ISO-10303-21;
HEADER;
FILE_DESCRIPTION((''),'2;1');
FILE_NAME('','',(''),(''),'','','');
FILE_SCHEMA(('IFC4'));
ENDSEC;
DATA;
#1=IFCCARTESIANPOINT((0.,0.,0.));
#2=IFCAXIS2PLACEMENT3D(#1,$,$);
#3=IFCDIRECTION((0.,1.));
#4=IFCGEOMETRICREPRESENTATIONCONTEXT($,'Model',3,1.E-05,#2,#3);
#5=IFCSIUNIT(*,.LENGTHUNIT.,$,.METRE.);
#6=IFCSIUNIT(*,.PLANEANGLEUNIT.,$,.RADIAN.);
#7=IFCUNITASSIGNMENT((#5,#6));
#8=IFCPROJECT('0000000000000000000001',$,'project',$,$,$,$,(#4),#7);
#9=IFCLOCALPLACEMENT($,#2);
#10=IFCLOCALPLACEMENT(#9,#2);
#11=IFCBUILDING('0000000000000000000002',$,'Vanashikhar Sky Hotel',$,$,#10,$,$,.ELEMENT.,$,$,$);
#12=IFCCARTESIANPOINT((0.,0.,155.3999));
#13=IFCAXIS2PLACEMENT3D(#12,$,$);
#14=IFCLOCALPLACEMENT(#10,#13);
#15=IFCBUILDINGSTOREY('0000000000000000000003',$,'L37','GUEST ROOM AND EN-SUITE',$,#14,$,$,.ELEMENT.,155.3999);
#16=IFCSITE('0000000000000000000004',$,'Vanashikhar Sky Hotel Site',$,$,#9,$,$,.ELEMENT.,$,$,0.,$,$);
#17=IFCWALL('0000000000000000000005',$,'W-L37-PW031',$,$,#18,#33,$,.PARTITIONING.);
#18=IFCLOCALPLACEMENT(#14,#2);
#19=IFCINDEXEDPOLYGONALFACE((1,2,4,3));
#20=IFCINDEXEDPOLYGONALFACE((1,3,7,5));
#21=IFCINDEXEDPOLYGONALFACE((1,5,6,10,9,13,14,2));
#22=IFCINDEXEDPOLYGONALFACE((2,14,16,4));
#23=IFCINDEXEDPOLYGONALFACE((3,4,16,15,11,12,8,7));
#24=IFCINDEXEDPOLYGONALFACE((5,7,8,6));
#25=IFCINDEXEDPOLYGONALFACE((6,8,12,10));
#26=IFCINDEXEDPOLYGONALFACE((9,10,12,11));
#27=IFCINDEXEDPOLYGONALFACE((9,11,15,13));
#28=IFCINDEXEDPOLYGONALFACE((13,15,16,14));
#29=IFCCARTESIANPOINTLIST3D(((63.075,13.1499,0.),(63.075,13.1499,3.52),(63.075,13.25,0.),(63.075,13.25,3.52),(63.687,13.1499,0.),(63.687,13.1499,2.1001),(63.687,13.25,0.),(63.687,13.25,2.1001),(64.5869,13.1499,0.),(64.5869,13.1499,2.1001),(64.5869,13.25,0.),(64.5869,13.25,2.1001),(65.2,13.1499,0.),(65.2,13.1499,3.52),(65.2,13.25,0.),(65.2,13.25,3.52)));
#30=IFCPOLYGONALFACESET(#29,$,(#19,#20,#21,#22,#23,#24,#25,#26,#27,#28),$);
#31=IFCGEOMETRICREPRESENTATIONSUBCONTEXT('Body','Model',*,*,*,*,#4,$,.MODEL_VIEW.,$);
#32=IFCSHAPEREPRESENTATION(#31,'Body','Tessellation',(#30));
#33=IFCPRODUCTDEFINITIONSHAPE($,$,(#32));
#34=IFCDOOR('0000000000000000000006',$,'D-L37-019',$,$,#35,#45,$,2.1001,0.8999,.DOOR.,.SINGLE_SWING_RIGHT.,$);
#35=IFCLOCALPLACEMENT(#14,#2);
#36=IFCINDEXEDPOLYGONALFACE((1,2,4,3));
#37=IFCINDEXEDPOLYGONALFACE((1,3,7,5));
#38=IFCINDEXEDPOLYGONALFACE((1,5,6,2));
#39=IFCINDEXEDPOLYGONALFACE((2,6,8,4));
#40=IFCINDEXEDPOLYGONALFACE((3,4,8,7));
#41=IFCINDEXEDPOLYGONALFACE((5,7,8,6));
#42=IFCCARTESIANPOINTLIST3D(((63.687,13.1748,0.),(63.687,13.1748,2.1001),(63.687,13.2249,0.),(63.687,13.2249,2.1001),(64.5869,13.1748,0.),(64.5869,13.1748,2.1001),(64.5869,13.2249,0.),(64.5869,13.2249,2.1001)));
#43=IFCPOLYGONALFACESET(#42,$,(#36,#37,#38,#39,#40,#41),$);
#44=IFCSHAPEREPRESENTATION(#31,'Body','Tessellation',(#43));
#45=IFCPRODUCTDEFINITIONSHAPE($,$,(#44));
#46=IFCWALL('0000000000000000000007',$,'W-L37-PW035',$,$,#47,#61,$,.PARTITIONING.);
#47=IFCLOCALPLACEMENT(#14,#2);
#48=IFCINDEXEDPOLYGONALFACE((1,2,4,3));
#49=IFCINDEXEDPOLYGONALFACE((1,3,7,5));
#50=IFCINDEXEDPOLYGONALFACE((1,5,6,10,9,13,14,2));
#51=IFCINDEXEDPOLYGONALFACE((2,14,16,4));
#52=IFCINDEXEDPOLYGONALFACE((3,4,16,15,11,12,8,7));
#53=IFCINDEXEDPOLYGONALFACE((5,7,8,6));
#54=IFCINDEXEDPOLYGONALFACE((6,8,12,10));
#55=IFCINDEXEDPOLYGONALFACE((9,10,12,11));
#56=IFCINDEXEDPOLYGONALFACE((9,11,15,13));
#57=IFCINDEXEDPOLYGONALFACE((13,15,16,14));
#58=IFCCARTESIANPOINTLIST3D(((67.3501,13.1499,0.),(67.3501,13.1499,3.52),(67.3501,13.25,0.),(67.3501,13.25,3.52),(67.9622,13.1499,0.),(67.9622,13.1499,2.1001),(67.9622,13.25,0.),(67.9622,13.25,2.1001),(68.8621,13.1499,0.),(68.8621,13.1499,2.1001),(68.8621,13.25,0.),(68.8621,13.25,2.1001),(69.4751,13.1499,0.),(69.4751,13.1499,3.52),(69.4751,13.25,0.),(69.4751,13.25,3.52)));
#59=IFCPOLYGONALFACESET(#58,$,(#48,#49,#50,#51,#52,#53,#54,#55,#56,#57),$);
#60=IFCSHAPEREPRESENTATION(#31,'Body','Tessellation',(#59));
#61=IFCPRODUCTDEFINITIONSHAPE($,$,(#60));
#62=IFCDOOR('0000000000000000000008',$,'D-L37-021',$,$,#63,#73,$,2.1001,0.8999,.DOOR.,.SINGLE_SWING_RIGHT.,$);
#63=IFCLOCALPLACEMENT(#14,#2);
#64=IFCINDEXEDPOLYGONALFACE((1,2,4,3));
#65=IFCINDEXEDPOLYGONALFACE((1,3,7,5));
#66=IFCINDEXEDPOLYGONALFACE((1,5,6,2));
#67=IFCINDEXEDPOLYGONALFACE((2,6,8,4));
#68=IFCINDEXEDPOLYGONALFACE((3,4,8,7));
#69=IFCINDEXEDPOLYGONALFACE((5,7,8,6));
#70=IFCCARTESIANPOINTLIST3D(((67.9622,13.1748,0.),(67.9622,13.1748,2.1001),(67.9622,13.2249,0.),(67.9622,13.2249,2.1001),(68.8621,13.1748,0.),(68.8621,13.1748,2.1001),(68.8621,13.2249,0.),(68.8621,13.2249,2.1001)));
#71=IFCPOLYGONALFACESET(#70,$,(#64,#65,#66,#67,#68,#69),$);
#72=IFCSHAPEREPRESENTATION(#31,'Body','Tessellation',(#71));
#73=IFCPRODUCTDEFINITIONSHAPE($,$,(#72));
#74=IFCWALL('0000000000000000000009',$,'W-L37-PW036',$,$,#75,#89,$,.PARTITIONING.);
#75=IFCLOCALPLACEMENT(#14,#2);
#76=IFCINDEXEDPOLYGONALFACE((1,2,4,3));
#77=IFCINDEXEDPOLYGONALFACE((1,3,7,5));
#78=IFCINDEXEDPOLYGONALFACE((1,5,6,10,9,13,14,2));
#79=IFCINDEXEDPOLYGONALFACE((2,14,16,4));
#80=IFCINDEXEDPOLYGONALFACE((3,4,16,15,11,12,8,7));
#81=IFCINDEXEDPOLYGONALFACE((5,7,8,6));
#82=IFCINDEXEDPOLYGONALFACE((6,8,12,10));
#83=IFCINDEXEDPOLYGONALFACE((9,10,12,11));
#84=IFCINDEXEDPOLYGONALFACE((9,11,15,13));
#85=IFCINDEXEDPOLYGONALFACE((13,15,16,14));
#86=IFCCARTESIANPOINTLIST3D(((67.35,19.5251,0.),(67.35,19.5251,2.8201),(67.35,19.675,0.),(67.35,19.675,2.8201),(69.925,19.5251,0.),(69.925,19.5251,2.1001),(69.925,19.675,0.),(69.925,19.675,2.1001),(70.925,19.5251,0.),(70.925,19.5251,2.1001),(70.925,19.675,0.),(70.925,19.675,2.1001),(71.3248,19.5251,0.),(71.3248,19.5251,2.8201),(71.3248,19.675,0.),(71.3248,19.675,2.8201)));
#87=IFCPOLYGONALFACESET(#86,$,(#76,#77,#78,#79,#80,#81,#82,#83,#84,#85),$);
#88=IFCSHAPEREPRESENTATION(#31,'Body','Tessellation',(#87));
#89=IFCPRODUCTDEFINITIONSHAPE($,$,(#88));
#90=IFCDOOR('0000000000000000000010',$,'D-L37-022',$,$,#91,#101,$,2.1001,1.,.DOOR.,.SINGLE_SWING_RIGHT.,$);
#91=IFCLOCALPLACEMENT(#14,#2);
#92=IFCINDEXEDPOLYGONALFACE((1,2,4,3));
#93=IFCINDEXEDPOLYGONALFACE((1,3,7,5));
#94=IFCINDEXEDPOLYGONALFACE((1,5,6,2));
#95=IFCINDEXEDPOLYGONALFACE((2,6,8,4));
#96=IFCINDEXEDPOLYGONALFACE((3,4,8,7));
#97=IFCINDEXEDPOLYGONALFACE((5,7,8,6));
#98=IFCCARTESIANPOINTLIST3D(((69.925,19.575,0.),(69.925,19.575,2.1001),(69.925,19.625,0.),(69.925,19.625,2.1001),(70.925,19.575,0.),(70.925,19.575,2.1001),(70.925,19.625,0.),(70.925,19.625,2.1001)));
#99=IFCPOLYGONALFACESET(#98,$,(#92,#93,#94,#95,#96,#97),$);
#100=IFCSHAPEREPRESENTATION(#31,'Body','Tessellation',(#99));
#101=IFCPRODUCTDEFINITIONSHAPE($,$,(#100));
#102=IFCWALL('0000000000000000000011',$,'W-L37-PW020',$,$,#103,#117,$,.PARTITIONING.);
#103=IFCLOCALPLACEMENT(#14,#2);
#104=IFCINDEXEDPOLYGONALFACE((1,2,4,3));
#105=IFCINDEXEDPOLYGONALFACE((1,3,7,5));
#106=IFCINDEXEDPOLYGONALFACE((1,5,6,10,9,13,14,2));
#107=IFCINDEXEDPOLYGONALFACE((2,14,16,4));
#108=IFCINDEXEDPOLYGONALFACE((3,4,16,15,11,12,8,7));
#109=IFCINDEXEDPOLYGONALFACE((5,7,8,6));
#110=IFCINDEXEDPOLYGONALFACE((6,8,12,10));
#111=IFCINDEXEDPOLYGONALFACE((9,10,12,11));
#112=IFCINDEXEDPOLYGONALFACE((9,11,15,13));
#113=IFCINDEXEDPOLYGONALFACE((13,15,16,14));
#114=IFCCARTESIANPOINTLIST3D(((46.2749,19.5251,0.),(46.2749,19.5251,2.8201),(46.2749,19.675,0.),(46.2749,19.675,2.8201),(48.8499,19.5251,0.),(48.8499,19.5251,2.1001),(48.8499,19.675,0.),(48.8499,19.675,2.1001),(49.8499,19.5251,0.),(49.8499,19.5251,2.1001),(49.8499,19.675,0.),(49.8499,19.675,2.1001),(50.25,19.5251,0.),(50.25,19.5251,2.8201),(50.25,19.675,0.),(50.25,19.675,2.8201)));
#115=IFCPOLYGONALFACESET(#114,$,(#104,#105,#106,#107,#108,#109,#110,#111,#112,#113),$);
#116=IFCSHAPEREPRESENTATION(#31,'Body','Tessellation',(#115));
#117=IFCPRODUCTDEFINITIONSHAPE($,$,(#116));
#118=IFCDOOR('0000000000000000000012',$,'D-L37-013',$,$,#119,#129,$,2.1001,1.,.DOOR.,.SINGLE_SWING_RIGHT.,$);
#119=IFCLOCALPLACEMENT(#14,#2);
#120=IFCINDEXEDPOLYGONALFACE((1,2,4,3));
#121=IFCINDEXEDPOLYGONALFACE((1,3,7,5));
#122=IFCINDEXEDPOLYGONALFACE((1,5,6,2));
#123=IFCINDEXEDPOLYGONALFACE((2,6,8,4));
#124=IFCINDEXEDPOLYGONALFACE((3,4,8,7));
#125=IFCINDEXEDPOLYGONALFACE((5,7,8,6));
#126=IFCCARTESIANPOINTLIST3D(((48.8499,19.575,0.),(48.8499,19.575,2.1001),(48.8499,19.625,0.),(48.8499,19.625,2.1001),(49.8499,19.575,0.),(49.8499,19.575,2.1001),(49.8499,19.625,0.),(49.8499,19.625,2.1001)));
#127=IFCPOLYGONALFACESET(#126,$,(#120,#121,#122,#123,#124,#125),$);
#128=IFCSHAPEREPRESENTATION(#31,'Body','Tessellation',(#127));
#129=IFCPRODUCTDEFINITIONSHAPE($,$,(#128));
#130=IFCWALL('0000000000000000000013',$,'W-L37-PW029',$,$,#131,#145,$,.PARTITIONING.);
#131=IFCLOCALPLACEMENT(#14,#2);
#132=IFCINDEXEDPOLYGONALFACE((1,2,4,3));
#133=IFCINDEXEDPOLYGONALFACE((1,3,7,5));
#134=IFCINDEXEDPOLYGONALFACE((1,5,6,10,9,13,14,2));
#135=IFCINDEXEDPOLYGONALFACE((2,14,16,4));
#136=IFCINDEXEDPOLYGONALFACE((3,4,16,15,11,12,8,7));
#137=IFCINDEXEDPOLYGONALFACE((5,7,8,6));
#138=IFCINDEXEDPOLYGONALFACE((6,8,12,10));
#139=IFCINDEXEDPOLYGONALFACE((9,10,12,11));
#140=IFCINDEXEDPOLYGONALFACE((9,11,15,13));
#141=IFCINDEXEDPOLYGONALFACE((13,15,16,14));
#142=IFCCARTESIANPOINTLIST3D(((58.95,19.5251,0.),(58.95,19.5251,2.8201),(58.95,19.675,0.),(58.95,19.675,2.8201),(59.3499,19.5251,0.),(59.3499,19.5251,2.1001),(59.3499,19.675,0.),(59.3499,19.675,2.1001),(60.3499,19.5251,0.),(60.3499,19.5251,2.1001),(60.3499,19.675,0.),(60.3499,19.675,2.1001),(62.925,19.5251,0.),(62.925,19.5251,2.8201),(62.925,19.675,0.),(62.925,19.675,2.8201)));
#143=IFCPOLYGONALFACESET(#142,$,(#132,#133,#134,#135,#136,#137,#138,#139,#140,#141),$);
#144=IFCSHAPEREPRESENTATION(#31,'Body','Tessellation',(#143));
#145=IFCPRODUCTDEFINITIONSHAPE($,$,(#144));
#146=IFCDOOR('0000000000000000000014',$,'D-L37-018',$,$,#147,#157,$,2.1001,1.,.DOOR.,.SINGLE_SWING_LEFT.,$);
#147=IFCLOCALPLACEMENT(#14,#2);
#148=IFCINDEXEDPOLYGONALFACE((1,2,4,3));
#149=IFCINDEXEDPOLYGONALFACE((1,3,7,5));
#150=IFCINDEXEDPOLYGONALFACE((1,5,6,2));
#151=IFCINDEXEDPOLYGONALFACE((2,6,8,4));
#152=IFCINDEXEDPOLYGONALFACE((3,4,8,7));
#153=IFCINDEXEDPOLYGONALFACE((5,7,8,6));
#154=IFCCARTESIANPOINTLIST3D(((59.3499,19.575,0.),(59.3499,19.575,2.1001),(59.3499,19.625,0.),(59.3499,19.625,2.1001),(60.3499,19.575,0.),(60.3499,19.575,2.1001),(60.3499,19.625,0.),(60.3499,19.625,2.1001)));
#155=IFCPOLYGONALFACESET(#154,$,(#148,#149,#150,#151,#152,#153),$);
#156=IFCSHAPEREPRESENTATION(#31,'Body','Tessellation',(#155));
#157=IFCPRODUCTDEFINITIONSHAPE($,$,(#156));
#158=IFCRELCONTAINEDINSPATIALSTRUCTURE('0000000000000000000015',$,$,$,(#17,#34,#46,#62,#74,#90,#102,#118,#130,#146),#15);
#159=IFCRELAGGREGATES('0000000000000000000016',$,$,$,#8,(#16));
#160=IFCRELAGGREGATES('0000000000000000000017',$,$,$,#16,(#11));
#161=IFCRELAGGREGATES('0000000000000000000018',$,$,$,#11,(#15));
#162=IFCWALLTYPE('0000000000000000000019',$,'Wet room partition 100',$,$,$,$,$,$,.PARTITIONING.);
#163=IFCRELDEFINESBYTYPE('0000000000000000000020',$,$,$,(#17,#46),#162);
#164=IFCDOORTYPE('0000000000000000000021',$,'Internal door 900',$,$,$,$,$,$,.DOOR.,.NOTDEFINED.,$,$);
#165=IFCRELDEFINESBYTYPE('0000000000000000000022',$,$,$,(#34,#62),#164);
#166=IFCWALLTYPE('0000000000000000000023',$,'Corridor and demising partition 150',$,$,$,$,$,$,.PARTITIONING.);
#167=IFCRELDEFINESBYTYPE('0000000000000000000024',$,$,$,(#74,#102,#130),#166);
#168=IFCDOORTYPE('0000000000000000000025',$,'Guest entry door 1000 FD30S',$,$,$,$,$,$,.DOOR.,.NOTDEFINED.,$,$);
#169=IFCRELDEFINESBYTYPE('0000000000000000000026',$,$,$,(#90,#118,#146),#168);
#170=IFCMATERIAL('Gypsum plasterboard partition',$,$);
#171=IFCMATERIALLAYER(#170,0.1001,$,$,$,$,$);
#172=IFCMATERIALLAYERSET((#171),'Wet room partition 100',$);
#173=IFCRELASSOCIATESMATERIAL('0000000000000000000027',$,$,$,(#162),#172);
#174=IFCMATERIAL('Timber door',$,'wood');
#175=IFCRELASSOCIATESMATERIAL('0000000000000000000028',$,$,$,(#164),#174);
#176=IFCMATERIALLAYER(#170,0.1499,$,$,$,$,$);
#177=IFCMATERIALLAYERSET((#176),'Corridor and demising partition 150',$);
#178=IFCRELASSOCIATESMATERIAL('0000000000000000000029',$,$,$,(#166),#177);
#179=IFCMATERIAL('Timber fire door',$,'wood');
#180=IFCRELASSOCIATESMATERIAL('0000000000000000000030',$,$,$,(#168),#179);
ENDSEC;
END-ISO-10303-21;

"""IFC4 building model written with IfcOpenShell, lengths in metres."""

from ifc_helpers import new_model, si_unit, direction, frame, frame_2d, origin, place, context, subcontext, project, spatial, rectangle, extrude, source, transform, mapped, material, layer, layer_set, type_object, element, fill, save


model = new_model("IFC4")

# Units and contexts
model_context = context("Model", 3, precision=1e-05, world=origin(), true_north=direction((0.0, 1.0)))
body_context = subcontext(model_context, "Body", "Model", "MODEL_VIEW")
ifc_project = project(units=[si_unit("LENGTHUNIT", "METRE"), si_unit("PLANEANGLEUNIT", "RADIAN")], contexts=[model_context])

# Site, building, storey
site_placement = place(None, origin())
site = spatial("IfcSite", under=ifc_project, at=site_placement, Name="Vanashikhar Sky Hotel Site", CompositionType="ELEMENT", RefElevation=0.0)
building_placement = place(site_placement, origin())
building = spatial("IfcBuilding", under=site, at=building_placement, Name="Vanashikhar Sky Hotel", CompositionType="ELEMENT")
storey_placement = place(building_placement, frame((0.0, 0.0, 155.3999)))
storey = spatial("IfcBuildingStorey", under=building, at=storey_placement, Name="L37", Description="GUEST ROOM AND EN-SUITE", CompositionType="ELEMENT", Elevation=155.3999)

# Shared definitions
ifc_material_1 = material(Name="Gypsum plasterboard partition")
ifc_layer_1 = layer(ifc_material_1, 0.1001)
ifc_layer_set_1 = layer_set([ifc_layer_1], Name="Wet room partition 100")
wall_type_1 = type_object("IfcWallType", Name="Wet room partition 100", PredefinedType="PARTITIONING", material=ifc_layer_set_1)

# Walls, openings, doors
shared_shape_1 = source(origin(), body_context, "Body", "SweptSolid", [
    extrude(rectangle(XDim=2.125, YDim=0.1001, at=frame_2d((1.0625, 0.0))), origin(), (0.0, 0.0, 1.0), 3.52),
])
wall_1_placement = place(storey_placement, frame((63.075, 13.2, 0.0), z_axis=(0.0, 0.0, 1.0), x_axis=(1.0, 0.0, 0.0)))
wall_1 = element("IfcWall", 1, at=wall_1_placement, inside=storey, type_object=wall_type_1, Name="W-L37-PW031", PredefinedType="PARTITIONING", context=body_context, shape_type="MappedRepresentation", body=[
    mapped(shared_shape_1, transform((0.0, 0.0, 0.0), scale=1.0)),
])
shared_shape_2 = source(origin(), body_context, "Body", "SweptSolid", [
    extrude(rectangle(XDim=0.8999, YDim=2.1001, at=frame_2d((0.45, 1.05))), frame((0.0, 0.0601, 0.0), z_axis=(0.0, -1.0, 0.0), x_axis=(1.0, 0.0, 0.0)), (0.0, 0.0, 1.0), 0.1201),
])
opening_1_placement = place(wall_1_placement, frame((0.6121, 0.0, 0.0)))
opening_1 = element("IfcOpeningElement", 2, at=opening_1_placement, cuts=wall_1, PredefinedType="OPENING", context=body_context, shape_type="MappedRepresentation", body=[
    mapped(shared_shape_2, transform((0.0, 0.0, 0.0), scale=1.0)),
])
ifc_material_2 = material(Name="Timber door", Category="wood")
door_type_1 = type_object("IfcDoorType", Name="Internal door 900", OperationType="NOTDEFINED", PredefinedType="DOOR", material=ifc_material_2)
shared_shape_3 = source(origin(), body_context, "Body", "SweptSolid", [
    extrude(rectangle(XDim=0.8999, YDim=2.1001, at=frame_2d((0.45, 1.05))), frame((0.0, 0.0249, 0.0), z_axis=(0.0, -1.0, 0.0), x_axis=(1.0, 0.0, 0.0)), (0.0, 0.0, 1.0), 0.05),
])
door_1_placement = place(opening_1_placement, origin())
door_1 = element("IfcDoor", 3, at=door_1_placement, inside=storey, type_object=door_type_1, Name="D-L37-019", OperationType="SINGLE_SWING_RIGHT", OverallHeight=2.1001, OverallWidth=0.8999, PredefinedType="DOOR", context=body_context, shape_type="MappedRepresentation", body=[
    mapped(shared_shape_3, transform((0.0, 0.0, 0.0), scale=1.0)),
])
fill(opening_1, door_1)
wall_2_placement = place(storey_placement, frame((67.3501, 13.2, 0.0), z_axis=(0.0, 0.0, 1.0), x_axis=(1.0, 0.0, 0.0)))
wall_2 = element("IfcWall", 4, at=wall_2_placement, inside=storey, type_object=wall_type_1, Name="W-L37-PW035", PredefinedType="PARTITIONING", context=body_context, shape_type="MappedRepresentation", body=[
    mapped(shared_shape_1, transform((0.0, 0.0, 0.0), scale=1.0)),
])
opening_2_placement = place(wall_2_placement, frame((0.6121, 0.0, 0.0)))
opening_2 = element("IfcOpeningElement", 5, at=opening_2_placement, cuts=wall_2, PredefinedType="OPENING", context=body_context, shape_type="MappedRepresentation", body=[
    mapped(shared_shape_2, transform((0.0, 0.0, 0.0), scale=1.0)),
])
door_2_placement = place(opening_2_placement, origin())
door_2 = element("IfcDoor", 6, at=door_2_placement, inside=storey, type_object=door_type_1, Name="D-L37-021", OperationType="SINGLE_SWING_RIGHT", OverallHeight=2.1001, OverallWidth=0.8999, PredefinedType="DOOR", context=body_context, shape_type="MappedRepresentation", body=[
    mapped(shared_shape_3, transform((0.0, 0.0, 0.0), scale=1.0)),
])
fill(opening_2, door_2)
ifc_layer_2 = layer(ifc_material_1, 0.1499)
ifc_layer_set_2 = layer_set([ifc_layer_2], Name="Corridor and demising partition 150")
wall_type_2 = type_object("IfcWallType", Name="Corridor and demising partition 150", PredefinedType="PARTITIONING", material=ifc_layer_set_2)
shared_shape_4 = source(origin(), body_context, "Body", "SweptSolid", [
    extrude(rectangle(XDim=3.9749, YDim=0.1499, at=frame_2d((1.9873, 0.0))), origin(), (0.0, 0.0, 1.0), 2.8201),
])
wall_3_placement = place(storey_placement, frame((67.3501, 19.6001, 0.0), z_axis=(0.0, 0.0, 1.0), x_axis=(1.0, 0.0, 0.0)))
wall_3 = element("IfcWall", 7, at=wall_3_placement, inside=storey, type_object=wall_type_2, Name="W-L37-PW036", PredefinedType="PARTITIONING", context=body_context, shape_type="MappedRepresentation", body=[
    mapped(shared_shape_4, transform((0.0, 0.0, 0.0), scale=1.0)),
])
shared_shape_5 = source(origin(), body_context, "Body", "SweptSolid", [
    extrude(rectangle(XDim=1.0, YDim=2.1001, at=frame_2d((0.5, 1.05))), frame((0.0, 0.085, 0.0), z_axis=(0.0, -1.0, 0.0), x_axis=(1.0, 0.0, 0.0)), (0.0, 0.0, 1.0), 0.1699),
])
opening_3_placement = place(wall_3_placement, frame((2.575, 0.0, 0.0)))
opening_3 = element("IfcOpeningElement", 8, at=opening_3_placement, cuts=wall_3, PredefinedType="OPENING", context=body_context, shape_type="MappedRepresentation", body=[
    mapped(shared_shape_5, transform((0.0, 0.0, 0.0), scale=1.0)),
])
ifc_material_3 = material(Name="Timber fire door", Category="wood")
door_type_2 = type_object("IfcDoorType", Name="Guest entry door 1000 FD30S", OperationType="NOTDEFINED", PredefinedType="DOOR", material=ifc_material_3)
shared_shape_6 = source(origin(), body_context, "Body", "SweptSolid", [
    extrude(rectangle(XDim=1.0, YDim=2.1001, at=frame_2d((0.5, 1.05))), frame((0.0, 0.0249, 0.0), z_axis=(0.0, -1.0, 0.0), x_axis=(1.0, 0.0, 0.0)), (0.0, 0.0, 1.0), 0.05),
])
door_3_placement = place(opening_3_placement, origin())
door_3 = element("IfcDoor", 9, at=door_3_placement, inside=storey, type_object=door_type_2, Name="D-L37-022", OperationType="SINGLE_SWING_RIGHT", OverallHeight=2.1001, OverallWidth=1.0, PredefinedType="DOOR", context=body_context, shape_type="MappedRepresentation", body=[
    mapped(shared_shape_6, transform((0.0, 0.0, 0.0), scale=1.0)),
])
fill(opening_3, door_3)
shared_shape_7 = source(origin(), body_context, "Body", "SweptSolid", [
    extrude(rectangle(XDim=3.9751, YDim=0.1499, at=frame_2d((1.9875, 0.0))), origin(), (0.0, 0.0, 1.0), 2.8201),
])
wall_4_placement = place(storey_placement, frame((46.2749, 19.6001, 0.0), z_axis=(0.0, 0.0, 1.0), x_axis=(1.0, 0.0, 0.0)))
wall_4 = element("IfcWall", 10, at=wall_4_placement, inside=storey, type_object=wall_type_2, Name="W-L37-PW020", PredefinedType="PARTITIONING", context=body_context, shape_type="MappedRepresentation", body=[
    mapped(shared_shape_7, transform((0.0, 0.0, 0.0), scale=1.0)),
])
opening_4_placement = place(wall_4_placement, frame((2.575, 0.0, 0.0)))
opening_4 = element("IfcOpeningElement", 11, at=opening_4_placement, cuts=wall_4, PredefinedType="OPENING", context=body_context, shape_type="MappedRepresentation", body=[
    mapped(shared_shape_5, transform((0.0, 0.0, 0.0), scale=1.0)),
])
door_4_placement = place(opening_4_placement, origin())
door_4 = element("IfcDoor", 12, at=door_4_placement, inside=storey, type_object=door_type_2, Name="D-L37-013", OperationType="SINGLE_SWING_RIGHT", OverallHeight=2.1001, OverallWidth=1.0, PredefinedType="DOOR", context=body_context, shape_type="MappedRepresentation", body=[
    mapped(shared_shape_6, transform((0.0, 0.0, 0.0), scale=1.0)),
])
fill(opening_4, door_4)
wall_5_placement = place(storey_placement, frame((58.95, 19.6001, 0.0), z_axis=(0.0, 0.0, 1.0), x_axis=(1.0, 0.0, 0.0)))
wall_5 = element("IfcWall", 13, at=wall_5_placement, inside=storey, type_object=wall_type_2, Name="W-L37-PW029", PredefinedType="PARTITIONING", context=body_context, shape_type="MappedRepresentation", body=[
    mapped(shared_shape_7, transform((0.0, 0.0, 0.0), scale=1.0)),
])
opening_5_placement = place(wall_5_placement, frame((0.3999, 0.0, 0.0)))
opening_5 = element("IfcOpeningElement", 14, at=opening_5_placement, cuts=wall_5, PredefinedType="OPENING", context=body_context, shape_type="MappedRepresentation", body=[
    mapped(shared_shape_5, transform((0.0, 0.0, 0.0), scale=1.0)),
])
door_5_placement = place(opening_5_placement, origin())
door_5 = element("IfcDoor", 15, at=door_5_placement, inside=storey, type_object=door_type_2, Name="D-L37-018", OperationType="SINGLE_SWING_LEFT", OverallHeight=2.1001, OverallWidth=1.0, PredefinedType="DOOR", context=body_context, shape_type="MappedRepresentation", body=[
    mapped(shared_shape_6, transform((0.0, 0.0, 0.0), scale=1.0)),
])
fill(opening_5, door_5)

save(model, "model.ifc")
